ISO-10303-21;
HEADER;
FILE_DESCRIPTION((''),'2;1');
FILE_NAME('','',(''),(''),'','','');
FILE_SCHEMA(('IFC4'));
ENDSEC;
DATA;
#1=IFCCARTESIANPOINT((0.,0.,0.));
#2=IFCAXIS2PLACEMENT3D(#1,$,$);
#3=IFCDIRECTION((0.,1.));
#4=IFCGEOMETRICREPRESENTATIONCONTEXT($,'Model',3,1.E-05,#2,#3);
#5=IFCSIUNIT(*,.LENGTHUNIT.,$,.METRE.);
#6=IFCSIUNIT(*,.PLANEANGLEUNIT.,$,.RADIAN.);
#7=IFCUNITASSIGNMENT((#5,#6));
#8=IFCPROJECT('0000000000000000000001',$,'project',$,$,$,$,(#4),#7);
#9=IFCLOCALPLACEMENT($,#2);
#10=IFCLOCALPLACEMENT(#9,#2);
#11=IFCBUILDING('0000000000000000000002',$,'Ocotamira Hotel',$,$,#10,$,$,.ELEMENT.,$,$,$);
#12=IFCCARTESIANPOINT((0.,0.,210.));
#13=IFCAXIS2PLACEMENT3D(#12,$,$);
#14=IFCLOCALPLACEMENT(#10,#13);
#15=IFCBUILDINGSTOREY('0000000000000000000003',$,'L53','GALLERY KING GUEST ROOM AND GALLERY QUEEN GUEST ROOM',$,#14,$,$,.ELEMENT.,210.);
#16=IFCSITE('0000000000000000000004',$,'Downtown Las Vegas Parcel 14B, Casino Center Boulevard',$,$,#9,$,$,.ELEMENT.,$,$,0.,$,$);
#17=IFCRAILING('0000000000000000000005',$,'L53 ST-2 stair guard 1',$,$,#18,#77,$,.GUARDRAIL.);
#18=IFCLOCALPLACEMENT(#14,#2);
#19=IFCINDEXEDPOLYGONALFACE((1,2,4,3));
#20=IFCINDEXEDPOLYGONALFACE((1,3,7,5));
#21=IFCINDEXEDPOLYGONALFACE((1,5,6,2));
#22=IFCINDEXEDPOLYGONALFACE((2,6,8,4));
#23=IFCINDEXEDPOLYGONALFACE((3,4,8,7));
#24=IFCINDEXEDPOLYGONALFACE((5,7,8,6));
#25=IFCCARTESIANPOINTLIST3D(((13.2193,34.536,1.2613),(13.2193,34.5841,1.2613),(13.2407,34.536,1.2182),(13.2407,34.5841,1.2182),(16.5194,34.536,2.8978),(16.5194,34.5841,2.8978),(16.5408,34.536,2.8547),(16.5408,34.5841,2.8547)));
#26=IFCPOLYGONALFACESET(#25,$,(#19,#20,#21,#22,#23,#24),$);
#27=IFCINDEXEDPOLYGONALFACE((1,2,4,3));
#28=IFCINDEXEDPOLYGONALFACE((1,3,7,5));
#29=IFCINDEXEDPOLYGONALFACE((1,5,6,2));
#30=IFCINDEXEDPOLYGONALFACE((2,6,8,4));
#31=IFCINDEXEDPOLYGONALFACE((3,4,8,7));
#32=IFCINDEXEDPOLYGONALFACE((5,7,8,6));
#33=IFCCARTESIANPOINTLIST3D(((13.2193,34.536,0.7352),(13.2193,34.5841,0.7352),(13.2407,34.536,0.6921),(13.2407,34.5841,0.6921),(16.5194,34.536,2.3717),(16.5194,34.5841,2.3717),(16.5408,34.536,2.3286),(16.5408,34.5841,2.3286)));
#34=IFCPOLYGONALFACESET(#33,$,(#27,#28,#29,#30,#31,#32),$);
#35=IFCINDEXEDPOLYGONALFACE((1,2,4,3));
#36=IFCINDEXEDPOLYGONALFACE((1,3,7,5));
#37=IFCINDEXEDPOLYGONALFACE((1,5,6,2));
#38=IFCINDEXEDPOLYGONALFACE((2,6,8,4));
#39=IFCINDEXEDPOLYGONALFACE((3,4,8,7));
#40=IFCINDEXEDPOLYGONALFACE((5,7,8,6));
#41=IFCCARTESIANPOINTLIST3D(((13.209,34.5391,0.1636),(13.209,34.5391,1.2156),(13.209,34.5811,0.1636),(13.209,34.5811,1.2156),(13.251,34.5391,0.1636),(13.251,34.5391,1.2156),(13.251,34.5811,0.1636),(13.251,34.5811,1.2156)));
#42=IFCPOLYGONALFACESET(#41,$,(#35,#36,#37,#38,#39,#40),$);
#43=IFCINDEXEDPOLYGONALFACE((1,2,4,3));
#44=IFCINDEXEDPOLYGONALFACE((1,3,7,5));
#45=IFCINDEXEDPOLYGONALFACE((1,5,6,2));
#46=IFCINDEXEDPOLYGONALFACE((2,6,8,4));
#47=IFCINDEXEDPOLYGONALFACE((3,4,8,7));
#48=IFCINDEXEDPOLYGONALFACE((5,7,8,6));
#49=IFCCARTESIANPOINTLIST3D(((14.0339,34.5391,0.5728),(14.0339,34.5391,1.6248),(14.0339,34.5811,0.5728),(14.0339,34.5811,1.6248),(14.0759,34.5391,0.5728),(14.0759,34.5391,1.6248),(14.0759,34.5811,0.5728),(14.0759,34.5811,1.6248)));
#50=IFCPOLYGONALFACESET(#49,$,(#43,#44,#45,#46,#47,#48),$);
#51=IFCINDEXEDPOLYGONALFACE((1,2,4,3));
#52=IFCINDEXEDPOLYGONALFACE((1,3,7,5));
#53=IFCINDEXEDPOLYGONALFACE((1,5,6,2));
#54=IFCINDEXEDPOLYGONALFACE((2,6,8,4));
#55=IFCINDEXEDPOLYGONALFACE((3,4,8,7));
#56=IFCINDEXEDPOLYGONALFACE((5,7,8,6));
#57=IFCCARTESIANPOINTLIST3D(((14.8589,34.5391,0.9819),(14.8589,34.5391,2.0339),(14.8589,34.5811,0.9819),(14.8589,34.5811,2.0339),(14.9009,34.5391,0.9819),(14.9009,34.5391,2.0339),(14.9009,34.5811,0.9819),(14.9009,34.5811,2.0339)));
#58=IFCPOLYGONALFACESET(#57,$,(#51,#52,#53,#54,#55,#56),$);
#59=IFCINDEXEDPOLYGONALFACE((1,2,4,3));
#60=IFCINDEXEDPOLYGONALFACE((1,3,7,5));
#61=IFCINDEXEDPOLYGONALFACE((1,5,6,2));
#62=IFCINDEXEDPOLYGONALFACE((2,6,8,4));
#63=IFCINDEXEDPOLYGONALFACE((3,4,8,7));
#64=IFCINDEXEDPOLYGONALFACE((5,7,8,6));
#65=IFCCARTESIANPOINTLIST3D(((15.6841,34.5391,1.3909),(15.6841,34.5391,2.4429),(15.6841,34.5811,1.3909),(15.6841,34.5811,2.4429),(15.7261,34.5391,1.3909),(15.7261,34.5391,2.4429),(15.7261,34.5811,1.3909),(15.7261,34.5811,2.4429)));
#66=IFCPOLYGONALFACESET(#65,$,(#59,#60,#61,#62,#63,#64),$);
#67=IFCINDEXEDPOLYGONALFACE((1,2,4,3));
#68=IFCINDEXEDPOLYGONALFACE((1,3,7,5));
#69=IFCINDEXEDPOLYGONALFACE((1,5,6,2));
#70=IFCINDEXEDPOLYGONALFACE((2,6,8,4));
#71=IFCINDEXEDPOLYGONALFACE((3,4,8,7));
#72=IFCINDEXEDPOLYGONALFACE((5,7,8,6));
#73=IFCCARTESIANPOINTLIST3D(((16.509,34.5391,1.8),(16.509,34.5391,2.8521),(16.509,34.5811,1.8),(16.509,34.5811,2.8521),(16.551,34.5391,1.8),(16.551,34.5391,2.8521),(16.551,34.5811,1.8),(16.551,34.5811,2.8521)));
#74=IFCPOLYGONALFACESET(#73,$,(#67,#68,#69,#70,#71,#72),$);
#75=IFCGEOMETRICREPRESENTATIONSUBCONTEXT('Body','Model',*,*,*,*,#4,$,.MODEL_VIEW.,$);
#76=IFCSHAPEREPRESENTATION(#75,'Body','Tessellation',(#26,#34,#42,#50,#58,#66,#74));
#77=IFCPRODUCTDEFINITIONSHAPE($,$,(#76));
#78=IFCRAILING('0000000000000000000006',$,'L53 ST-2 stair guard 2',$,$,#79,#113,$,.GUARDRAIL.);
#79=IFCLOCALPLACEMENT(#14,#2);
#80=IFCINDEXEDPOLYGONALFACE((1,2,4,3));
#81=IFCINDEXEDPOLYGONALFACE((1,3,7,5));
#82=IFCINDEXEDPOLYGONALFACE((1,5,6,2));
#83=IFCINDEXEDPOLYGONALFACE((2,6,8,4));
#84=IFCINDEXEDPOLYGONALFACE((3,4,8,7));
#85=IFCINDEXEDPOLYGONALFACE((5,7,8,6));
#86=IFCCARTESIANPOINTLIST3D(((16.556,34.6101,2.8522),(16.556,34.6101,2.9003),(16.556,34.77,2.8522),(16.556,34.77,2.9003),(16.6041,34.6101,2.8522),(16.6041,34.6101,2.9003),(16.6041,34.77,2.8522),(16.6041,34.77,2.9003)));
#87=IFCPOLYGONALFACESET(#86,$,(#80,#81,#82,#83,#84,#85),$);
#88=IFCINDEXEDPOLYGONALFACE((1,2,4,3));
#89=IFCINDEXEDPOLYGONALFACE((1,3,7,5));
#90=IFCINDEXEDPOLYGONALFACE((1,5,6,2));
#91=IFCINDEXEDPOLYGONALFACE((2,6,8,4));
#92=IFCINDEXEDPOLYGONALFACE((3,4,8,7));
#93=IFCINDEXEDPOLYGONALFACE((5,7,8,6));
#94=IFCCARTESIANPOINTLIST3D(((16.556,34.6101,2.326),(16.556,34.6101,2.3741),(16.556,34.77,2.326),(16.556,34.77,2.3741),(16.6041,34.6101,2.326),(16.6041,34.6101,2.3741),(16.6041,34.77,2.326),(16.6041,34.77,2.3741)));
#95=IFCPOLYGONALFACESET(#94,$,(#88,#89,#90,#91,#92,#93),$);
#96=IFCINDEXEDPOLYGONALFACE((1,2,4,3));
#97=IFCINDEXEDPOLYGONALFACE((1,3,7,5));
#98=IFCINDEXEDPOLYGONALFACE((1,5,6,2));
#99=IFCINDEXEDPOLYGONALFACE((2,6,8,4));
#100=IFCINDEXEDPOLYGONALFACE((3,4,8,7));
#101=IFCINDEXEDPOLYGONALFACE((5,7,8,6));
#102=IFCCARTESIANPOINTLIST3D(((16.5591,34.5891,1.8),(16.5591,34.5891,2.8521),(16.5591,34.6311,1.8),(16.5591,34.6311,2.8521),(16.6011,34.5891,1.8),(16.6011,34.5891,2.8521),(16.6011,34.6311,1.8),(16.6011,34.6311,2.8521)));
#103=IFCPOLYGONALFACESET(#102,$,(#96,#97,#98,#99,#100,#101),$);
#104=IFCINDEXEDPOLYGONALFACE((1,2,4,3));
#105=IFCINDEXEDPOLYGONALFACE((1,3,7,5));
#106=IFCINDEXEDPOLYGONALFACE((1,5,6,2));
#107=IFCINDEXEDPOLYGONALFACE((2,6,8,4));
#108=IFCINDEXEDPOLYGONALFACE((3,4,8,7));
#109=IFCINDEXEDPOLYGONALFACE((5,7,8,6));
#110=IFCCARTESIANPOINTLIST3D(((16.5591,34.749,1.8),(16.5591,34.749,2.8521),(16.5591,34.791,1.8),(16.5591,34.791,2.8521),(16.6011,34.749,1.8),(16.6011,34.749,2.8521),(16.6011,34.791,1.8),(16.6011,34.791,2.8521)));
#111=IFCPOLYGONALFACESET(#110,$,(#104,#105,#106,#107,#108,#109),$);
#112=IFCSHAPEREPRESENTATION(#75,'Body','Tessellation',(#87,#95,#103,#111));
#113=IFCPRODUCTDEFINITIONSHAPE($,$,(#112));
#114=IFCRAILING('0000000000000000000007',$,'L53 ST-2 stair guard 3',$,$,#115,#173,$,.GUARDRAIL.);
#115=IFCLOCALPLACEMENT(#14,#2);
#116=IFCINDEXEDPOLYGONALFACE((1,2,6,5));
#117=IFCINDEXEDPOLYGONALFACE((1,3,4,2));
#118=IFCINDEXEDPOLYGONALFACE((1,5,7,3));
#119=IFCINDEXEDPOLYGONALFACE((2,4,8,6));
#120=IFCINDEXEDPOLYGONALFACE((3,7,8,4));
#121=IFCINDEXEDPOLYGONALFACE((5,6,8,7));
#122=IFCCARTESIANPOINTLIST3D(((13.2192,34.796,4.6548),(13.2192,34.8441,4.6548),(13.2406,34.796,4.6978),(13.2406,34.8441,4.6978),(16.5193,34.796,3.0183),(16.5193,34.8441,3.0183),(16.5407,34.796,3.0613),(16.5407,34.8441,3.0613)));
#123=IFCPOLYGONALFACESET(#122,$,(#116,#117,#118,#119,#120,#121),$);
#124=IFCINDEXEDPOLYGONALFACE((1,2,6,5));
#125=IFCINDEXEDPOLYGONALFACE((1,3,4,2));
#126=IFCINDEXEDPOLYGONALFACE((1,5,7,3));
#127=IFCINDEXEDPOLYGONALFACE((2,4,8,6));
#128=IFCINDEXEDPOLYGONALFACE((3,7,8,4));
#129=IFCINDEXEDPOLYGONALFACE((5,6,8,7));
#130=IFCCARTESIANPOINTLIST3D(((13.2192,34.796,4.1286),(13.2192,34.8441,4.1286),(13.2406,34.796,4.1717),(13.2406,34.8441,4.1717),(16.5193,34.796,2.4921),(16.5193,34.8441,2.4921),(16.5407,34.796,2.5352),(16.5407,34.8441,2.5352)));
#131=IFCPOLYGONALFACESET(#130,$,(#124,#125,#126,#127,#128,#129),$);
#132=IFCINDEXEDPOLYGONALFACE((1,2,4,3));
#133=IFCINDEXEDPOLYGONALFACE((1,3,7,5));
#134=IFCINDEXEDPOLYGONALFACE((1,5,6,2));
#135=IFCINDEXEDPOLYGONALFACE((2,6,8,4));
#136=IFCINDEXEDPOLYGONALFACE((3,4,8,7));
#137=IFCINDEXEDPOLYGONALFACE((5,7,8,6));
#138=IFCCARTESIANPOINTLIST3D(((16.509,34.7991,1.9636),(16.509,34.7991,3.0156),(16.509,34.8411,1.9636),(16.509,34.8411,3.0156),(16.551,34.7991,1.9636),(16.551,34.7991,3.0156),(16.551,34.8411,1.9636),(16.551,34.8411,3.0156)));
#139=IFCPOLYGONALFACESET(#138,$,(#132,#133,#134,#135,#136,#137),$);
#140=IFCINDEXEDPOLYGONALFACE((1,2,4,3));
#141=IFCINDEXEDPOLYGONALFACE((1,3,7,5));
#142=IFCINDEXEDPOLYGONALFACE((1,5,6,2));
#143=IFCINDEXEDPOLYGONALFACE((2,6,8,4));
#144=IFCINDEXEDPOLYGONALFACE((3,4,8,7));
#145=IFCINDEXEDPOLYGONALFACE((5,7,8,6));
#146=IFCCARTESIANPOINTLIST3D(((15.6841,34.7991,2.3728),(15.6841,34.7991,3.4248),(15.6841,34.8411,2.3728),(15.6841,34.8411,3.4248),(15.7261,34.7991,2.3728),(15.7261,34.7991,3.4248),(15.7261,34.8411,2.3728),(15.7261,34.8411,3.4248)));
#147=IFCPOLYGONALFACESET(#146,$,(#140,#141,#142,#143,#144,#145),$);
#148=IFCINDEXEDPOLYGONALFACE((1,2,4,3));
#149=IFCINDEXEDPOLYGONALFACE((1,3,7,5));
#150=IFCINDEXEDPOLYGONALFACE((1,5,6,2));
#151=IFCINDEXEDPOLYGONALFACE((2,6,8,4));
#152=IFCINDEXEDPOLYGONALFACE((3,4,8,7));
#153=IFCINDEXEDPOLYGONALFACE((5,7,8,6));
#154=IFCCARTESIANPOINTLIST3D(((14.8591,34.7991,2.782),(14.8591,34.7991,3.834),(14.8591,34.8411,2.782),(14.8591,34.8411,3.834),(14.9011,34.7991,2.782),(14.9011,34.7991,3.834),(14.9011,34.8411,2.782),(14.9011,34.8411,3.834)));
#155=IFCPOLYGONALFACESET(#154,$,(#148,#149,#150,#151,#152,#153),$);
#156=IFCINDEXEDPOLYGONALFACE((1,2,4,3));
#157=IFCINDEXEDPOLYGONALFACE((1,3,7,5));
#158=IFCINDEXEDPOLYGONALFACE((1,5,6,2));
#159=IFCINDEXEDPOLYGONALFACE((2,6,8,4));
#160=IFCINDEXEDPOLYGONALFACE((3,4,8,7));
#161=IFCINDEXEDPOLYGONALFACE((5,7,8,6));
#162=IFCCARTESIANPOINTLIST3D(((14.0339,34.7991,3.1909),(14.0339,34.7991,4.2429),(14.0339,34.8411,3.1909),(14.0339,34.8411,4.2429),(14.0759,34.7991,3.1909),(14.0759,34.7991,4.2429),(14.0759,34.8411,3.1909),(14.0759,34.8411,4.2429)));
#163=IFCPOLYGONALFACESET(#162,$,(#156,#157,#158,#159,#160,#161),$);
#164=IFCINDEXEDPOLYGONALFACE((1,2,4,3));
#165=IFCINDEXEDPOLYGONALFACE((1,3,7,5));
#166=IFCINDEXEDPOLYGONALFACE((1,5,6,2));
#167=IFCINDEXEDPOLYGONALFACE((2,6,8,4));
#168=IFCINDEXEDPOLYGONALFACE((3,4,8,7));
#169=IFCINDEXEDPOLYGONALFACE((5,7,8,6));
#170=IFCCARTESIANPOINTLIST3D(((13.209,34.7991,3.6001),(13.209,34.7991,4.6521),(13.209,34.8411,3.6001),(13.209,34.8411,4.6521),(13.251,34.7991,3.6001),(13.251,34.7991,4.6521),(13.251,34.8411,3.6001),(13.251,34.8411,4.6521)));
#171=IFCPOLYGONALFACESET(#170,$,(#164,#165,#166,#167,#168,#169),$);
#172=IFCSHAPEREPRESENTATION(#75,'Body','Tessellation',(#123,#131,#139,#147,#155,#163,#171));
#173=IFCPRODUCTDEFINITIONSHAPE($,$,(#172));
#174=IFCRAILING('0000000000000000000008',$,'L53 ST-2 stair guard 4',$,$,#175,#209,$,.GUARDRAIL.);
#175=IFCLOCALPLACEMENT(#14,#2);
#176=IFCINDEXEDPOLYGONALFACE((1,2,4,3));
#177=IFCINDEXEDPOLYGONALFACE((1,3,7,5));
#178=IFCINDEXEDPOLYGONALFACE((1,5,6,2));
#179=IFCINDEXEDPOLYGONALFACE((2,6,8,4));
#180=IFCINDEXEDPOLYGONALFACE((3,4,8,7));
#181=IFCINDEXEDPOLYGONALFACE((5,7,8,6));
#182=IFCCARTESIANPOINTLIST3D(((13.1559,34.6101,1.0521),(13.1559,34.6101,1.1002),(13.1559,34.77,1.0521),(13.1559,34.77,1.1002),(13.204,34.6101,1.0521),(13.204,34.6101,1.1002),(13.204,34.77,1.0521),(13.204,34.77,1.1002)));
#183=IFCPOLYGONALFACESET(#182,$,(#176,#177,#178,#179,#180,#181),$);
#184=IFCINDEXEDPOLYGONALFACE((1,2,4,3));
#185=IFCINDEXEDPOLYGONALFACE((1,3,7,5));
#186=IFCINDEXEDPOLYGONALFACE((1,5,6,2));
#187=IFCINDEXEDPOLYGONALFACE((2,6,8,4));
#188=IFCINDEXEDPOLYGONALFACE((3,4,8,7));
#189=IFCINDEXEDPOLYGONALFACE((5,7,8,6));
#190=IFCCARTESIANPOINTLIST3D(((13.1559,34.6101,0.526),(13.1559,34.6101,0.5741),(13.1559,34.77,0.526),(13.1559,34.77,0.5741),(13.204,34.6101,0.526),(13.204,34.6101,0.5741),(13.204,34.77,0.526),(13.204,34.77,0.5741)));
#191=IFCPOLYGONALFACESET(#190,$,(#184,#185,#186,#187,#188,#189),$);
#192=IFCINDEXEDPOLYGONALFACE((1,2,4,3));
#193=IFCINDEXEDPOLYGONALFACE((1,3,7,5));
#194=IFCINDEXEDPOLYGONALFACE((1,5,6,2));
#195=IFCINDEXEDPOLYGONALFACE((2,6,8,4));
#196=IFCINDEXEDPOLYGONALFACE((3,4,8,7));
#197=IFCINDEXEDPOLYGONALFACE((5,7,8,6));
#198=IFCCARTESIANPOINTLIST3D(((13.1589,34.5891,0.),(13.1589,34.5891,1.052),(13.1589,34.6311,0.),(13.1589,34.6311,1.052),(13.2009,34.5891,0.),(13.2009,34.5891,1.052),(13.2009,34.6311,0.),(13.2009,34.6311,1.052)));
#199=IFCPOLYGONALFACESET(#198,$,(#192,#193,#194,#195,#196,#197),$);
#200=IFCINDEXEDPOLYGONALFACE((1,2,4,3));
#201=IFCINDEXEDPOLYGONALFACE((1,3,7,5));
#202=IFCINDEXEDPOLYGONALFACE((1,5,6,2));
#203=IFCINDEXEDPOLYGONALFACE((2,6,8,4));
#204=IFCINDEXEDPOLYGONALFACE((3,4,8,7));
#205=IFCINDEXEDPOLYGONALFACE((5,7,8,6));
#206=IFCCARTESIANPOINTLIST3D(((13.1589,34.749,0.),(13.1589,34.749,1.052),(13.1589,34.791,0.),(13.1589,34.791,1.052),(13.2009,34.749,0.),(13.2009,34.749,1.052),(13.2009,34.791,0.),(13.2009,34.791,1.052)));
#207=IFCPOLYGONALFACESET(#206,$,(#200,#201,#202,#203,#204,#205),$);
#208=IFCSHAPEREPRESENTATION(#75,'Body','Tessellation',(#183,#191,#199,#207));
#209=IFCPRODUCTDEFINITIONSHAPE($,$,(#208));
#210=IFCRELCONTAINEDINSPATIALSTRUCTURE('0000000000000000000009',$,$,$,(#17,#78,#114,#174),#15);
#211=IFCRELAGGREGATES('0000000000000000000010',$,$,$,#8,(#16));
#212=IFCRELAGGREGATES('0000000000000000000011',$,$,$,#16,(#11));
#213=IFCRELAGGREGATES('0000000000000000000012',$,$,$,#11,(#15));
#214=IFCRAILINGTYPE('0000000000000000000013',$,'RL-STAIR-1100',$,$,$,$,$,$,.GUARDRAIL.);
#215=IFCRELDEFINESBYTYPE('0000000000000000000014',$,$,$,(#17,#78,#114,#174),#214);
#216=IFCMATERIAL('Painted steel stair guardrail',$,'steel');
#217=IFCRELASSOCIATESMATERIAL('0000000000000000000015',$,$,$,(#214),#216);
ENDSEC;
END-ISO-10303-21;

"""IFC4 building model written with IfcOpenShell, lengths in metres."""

from ifc_helpers import new_model, si_unit, direction, frame, origin, origin_2d, place, context, subcontext, project, spatial, rectangle, extrude, material, type_object, element, save


model = new_model("IFC4")

# Units and contexts
model_context = context("Model", 3, precision=1e-05, world=origin(), true_north=direction((0.0, 1.0)))
body_context = subcontext(model_context, "Body", "Model", "MODEL_VIEW")
ifc_project = project(units=[si_unit("LENGTHUNIT", "METRE"), si_unit("PLANEANGLEUNIT", "RADIAN")], contexts=[model_context])

# Site, building, storey
site_placement = place(None, origin())
site = spatial("IfcSite", under=ifc_project, at=site_placement, Name="Downtown Las Vegas Parcel 14B, Casino Center Boulevard", CompositionType="ELEMENT", RefElevation=0.0)
building_placement = place(site_placement, origin())
building = spatial("IfcBuilding", under=site, at=building_placement, Name="Ocotamira Hotel", CompositionType="ELEMENT")
storey_placement = place(building_placement, frame((0.0, 0.0, 210.0)))
storey = spatial("IfcBuildingStorey", under=building, at=storey_placement, Name="L53", Description="GALLERY KING GUEST ROOM AND GALLERY QUEEN GUEST ROOM", CompositionType="ELEMENT", Elevation=210.0)

# Railings
ifc_material_1 = material(Name="Painted steel stair guardrail", Category="steel")
railing_type_1 = type_object("IfcRailingType", Name="RL-STAIR-1100", PredefinedType="GUARDRAIL", material=ifc_material_1)
railing_1_placement = place(storey_placement, frame((13.23, 34.5601, 0.1636)))
element("IfcRailing", 1, at=railing_1_placement, inside=storey, type_object=railing_type_1, Name="L53 ST-2 stair guard 1", PredefinedType="GUARDRAIL", context=body_context, shape_type="SweptSolid", body=[
    extrude(rectangle(XDim=0.0481, YDim=0.0481, at=origin_2d()), frame((0.0, 0.0, 1.0762), z_axis=(0.895894, 0.0, 0.444268), x_axis=(0.0, 1.0, 0.0)), (0.0, 0.0, 1.0), 3.6836),
    extrude(rectangle(XDim=0.0481, YDim=0.0481, at=origin_2d()), frame((0.0, 0.0, 0.55), z_axis=(0.895894, 0.0, 0.444268), x_axis=(0.0, 1.0, 0.0)), (0.0, 0.0, 1.0), 3.6836),
    extrude(rectangle(XDim=0.042, YDim=0.042, at=origin_2d()), origin(), (0.0, 0.0, 1.0), 1.052),
    extrude(rectangle(XDim=0.042, YDim=0.042, at=origin_2d()), frame((0.825, 0.0, 0.4092)), (0.0, 0.0, 1.0), 1.052),
    extrude(rectangle(XDim=0.042, YDim=0.042, at=origin_2d()), frame((1.6499, 0.0, 0.8184)), (0.0, 0.0, 1.0), 1.052),
    extrude(rectangle(XDim=0.042, YDim=0.042, at=origin_2d()), frame((2.4751, 0.0, 1.2273)), (0.0, 0.0, 1.0), 1.052),
    extrude(rectangle(XDim=0.042, YDim=0.042, at=origin_2d()), frame((3.3, 0.0, 1.6365)), (0.0, 0.0, 1.0), 1.052),
])
railing_2_placement = place(storey_placement, frame((16.5801, 34.6101, 1.8)))
element("IfcRailing", 2, at=railing_2_placement, inside=storey, type_object=railing_type_1, Name="L53 ST-2 stair guard 2", PredefinedType="GUARDRAIL", context=body_context, shape_type="SweptSolid", body=[
    extrude(rectangle(XDim=0.0481, YDim=0.0481, at=origin_2d()), frame((0.0, 0.0, 1.0762), z_axis=(0.0, 1.0, 0.0), x_axis=(-1.0, 0.0, 0.0)), (0.0, 0.0, 1.0), 0.1599),
    extrude(rectangle(XDim=0.0481, YDim=0.0481, at=origin_2d()), frame((0.0, 0.0, 0.55), z_axis=(0.0, 1.0, 0.0), x_axis=(-1.0, 0.0, 0.0)), (0.0, 0.0, 1.0), 0.1599),
    extrude(rectangle(XDim=0.042, YDim=0.042, at=origin_2d()), origin(), (0.0, 0.0, 1.0), 1.052),
    extrude(rectangle(XDim=0.042, YDim=0.042, at=origin_2d()), frame((0.0, 0.1599, 0.0)), (0.0, 0.0, 1.0), 1.052),
])
railing_3_placement = place(storey_placement, frame((16.53, 34.8201, 1.9636)))
element("IfcRailing", 3, at=railing_3_placement, inside=storey, type_object=railing_type_1, Name="L53 ST-2 stair guard 3", PredefinedType="GUARDRAIL", context=body_context, shape_type="SweptSolid", body=[
    extrude(rectangle(XDim=0.0481, YDim=0.0481, at=origin_2d()), frame((0.0, 0.0, 1.0762), z_axis=(-0.895894, 0.0, 0.444268), x_axis=(0.0, -1.0, 0.0)), (0.0, 0.0, 1.0), 3.6836),
    extrude(rectangle(XDim=0.0481, YDim=0.0481, at=origin_2d()), frame((0.0, 0.0, 0.55), z_axis=(-0.895894, 0.0, 0.444268), x_axis=(0.0, -1.0, 0.0)), (0.0, 0.0, 1.0), 3.6836),
    extrude(rectangle(XDim=0.042, YDim=0.042, at=origin_2d()), origin(), (0.0, 0.0, 1.0), 1.052),
    extrude(rectangle(XDim=0.042, YDim=0.042, at=origin_2d()), frame((-0.825, 0.0, 0.4092)), (0.0, 0.0, 1.0), 1.052),
    extrude(rectangle(XDim=0.042, YDim=0.042, at=origin_2d()), frame((-1.6499, 0.0, 0.8184)), (0.0, 0.0, 1.0), 1.052),
    extrude(rectangle(XDim=0.042, YDim=0.042, at=origin_2d()), frame((-2.4751, 0.0, 1.2273)), (0.0, 0.0, 1.0), 1.052),
    extrude(rectangle(XDim=0.042, YDim=0.042, at=origin_2d()), frame((-3.3, 0.0, 1.6365)), (0.0, 0.0, 1.0), 1.052),
])
railing_4_placement = place(storey_placement, frame((13.1799, 34.6101, 0.0)))
element("IfcRailing", 4, at=railing_4_placement, inside=storey, type_object=railing_type_1, Name="L53 ST-2 stair guard 4", PredefinedType="GUARDRAIL", context=body_context, shape_type="SweptSolid", body=[
    extrude(rectangle(XDim=0.0481, YDim=0.0481, at=origin_2d()), frame((0.0, 0.0, 1.0762), z_axis=(0.0, 1.0, 0.0), x_axis=(-1.0, 0.0, 0.0)), (0.0, 0.0, 1.0), 0.1599),
    extrude(rectangle(XDim=0.0481, YDim=0.0481, at=origin_2d()), frame((0.0, 0.0, 0.55), z_axis=(0.0, 1.0, 0.0), x_axis=(-1.0, 0.0, 0.0)), (0.0, 0.0, 1.0), 0.1599),
    extrude(rectangle(XDim=0.042, YDim=0.042, at=origin_2d()), origin(), (0.0, 0.0, 1.0), 1.052),
    extrude(rectangle(XDim=0.042, YDim=0.042, at=origin_2d()), frame((0.0, 0.1599, 0.0)), (0.0, 0.0, 1.0), 1.052),
])

save(model, "model.ifc")
